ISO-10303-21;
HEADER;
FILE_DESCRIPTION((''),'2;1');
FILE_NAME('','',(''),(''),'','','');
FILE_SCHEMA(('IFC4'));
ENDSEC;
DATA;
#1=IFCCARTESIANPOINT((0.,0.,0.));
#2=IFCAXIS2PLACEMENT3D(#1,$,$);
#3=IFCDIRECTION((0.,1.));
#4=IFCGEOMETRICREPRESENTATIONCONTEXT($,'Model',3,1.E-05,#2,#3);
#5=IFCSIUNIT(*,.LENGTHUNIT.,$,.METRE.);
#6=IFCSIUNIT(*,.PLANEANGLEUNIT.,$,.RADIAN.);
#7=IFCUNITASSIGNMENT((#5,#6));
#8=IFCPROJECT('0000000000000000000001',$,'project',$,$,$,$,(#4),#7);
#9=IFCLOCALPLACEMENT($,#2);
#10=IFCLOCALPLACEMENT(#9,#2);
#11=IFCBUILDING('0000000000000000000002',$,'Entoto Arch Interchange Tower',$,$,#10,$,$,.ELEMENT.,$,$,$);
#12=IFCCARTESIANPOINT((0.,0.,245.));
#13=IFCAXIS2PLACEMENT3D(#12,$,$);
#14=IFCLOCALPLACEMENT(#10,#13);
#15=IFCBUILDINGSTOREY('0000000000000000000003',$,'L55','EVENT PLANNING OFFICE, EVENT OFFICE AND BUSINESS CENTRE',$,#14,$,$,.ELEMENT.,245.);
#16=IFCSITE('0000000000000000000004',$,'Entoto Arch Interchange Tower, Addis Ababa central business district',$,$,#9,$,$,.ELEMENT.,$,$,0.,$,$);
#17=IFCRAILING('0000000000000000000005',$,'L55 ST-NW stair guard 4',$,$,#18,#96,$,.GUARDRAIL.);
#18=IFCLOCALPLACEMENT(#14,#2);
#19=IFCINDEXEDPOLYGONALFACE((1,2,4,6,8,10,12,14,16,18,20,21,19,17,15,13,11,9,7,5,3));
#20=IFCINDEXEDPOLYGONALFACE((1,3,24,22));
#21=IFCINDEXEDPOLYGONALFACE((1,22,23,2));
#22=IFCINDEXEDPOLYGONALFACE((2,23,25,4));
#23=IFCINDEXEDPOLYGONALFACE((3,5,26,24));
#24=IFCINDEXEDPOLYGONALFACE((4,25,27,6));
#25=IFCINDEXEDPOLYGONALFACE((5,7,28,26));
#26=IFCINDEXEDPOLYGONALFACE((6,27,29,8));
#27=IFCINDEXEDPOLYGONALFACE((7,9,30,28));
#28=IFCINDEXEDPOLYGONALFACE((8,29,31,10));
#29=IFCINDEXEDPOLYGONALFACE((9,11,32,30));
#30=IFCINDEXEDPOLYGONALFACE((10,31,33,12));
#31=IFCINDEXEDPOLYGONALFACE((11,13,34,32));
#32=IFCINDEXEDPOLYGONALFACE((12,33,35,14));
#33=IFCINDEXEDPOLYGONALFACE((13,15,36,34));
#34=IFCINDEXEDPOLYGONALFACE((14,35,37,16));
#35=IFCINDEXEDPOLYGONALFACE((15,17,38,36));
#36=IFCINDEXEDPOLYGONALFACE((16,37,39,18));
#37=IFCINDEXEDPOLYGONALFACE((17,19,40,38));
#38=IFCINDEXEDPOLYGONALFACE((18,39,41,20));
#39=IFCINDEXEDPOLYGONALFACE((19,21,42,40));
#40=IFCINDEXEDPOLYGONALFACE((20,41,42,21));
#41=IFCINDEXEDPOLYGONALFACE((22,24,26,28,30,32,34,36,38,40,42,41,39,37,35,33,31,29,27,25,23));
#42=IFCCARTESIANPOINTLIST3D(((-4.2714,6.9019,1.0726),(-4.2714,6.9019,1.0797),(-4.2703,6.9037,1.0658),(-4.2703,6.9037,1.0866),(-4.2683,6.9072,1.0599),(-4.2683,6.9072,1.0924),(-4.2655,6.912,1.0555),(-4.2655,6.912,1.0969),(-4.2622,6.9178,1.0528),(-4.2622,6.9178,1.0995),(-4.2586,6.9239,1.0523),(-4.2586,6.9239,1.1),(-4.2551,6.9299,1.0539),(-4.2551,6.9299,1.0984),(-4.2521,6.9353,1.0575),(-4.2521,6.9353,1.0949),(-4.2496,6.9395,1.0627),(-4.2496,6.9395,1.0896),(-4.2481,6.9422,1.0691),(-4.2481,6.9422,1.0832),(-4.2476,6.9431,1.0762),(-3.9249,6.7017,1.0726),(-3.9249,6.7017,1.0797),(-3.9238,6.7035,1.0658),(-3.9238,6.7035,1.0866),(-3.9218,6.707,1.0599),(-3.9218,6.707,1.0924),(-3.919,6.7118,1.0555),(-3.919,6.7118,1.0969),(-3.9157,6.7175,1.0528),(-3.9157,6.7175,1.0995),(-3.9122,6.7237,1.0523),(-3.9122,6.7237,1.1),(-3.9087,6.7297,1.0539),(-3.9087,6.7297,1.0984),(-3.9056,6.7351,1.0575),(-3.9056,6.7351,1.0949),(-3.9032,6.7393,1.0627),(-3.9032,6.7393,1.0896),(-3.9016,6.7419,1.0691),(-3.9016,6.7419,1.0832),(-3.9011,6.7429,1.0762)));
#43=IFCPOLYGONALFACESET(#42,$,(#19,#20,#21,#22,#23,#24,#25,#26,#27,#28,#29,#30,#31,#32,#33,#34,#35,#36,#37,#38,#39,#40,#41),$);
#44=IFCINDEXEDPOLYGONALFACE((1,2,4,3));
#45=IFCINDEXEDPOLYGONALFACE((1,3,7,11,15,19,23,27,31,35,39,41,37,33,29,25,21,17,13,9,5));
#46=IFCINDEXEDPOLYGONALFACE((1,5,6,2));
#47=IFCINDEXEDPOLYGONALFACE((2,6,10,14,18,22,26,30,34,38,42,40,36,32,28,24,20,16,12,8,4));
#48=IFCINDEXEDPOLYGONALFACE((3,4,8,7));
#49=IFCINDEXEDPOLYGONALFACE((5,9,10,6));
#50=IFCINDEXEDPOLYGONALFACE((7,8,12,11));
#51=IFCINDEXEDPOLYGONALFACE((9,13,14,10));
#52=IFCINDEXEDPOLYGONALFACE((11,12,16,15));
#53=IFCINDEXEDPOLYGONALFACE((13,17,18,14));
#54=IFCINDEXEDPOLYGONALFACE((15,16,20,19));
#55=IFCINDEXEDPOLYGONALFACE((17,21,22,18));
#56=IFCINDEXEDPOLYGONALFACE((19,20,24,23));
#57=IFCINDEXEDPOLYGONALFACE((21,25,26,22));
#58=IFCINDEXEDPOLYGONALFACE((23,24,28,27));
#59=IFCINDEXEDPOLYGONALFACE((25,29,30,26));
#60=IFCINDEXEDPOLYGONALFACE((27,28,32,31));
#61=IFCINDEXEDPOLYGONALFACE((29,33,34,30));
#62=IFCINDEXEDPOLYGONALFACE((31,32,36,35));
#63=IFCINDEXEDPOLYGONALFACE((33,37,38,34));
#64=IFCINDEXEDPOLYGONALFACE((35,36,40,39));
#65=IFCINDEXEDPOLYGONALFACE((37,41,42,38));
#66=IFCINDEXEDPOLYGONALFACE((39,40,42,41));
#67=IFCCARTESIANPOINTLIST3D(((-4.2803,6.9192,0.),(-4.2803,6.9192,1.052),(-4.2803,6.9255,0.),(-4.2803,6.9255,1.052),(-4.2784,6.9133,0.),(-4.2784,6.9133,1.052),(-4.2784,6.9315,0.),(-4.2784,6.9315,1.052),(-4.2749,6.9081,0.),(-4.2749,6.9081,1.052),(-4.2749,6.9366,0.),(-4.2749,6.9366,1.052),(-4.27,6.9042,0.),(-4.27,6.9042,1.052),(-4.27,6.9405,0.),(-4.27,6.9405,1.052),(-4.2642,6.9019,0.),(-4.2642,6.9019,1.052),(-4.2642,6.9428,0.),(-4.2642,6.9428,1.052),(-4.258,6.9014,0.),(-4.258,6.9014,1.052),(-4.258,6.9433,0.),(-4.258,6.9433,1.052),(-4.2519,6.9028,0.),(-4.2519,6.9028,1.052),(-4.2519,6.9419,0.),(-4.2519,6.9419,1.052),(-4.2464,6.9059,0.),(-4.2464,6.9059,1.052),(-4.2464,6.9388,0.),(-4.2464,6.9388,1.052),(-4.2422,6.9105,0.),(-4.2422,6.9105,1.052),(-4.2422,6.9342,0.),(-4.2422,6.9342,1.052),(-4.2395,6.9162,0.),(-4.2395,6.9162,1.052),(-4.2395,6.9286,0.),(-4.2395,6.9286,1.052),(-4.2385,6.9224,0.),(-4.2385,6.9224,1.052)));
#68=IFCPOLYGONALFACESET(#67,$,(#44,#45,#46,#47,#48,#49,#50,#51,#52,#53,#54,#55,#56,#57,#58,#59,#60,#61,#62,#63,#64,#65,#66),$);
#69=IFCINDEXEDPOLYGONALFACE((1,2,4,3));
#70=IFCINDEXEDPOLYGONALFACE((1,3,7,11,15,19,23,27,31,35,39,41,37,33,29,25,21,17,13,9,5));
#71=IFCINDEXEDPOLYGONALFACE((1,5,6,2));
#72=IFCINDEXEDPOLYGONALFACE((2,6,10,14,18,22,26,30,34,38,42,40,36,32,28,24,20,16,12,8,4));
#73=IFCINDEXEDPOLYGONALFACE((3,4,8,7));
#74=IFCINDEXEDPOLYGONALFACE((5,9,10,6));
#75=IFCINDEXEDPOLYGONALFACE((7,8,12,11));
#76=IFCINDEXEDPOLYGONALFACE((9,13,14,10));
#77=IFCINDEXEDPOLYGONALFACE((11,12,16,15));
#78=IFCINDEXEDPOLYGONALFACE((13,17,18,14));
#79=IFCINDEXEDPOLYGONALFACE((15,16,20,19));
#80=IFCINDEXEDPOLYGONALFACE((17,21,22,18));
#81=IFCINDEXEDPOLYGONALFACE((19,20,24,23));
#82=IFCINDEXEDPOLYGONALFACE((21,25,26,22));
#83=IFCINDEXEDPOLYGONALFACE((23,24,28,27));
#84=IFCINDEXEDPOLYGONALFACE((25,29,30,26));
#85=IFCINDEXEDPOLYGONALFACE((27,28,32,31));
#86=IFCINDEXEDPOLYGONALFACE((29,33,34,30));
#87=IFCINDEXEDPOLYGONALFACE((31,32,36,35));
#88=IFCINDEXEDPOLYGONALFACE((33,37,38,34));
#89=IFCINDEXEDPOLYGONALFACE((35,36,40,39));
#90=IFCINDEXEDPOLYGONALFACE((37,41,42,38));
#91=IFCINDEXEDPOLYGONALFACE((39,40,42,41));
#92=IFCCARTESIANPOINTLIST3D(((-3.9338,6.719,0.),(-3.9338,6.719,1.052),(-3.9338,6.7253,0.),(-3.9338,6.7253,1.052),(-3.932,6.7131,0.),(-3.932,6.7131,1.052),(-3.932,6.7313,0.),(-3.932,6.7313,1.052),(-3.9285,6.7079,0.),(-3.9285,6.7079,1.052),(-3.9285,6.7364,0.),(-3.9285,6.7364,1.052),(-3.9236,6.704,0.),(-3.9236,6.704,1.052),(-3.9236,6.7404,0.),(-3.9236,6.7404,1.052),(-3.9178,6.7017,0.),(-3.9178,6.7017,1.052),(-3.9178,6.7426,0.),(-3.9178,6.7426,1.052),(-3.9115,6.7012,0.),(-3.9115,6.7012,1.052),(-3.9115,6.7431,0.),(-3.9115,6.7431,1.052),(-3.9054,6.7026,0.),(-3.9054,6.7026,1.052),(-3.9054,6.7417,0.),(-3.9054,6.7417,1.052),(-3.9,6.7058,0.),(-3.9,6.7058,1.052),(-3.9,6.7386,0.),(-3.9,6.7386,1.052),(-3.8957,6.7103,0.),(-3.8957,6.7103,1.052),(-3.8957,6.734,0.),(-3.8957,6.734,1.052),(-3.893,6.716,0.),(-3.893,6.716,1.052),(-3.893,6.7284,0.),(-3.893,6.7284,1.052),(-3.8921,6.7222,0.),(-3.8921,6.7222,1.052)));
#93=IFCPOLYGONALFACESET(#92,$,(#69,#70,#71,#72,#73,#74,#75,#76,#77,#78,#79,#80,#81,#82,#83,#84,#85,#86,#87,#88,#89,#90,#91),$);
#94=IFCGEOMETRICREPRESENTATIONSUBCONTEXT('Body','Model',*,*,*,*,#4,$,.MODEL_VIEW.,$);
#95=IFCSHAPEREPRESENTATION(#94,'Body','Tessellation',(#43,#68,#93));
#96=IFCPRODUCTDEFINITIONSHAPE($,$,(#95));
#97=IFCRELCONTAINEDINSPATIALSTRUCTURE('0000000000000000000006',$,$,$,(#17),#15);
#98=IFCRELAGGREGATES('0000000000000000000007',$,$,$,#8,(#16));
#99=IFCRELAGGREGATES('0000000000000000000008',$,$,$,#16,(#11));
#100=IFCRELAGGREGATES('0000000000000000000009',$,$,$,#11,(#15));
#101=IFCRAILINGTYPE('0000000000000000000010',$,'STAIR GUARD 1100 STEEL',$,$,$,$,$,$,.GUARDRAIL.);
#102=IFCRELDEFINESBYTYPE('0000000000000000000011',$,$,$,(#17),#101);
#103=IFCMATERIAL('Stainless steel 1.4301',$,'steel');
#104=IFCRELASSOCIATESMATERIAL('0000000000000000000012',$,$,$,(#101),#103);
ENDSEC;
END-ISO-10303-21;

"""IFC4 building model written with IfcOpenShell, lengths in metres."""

from ifc_helpers import new_model, si_unit, direction, frame, origin, origin_2d, place, context, subcontext, project, spatial, circle, extrude, material, type_object, element, save


model = new_model("IFC4")

# Units and contexts
model_context = context("Model", 3, precision=1e-05, world=origin(), true_north=direction((0.0, 1.0)))
body_context = subcontext(model_context, "Body", "Model", "MODEL_VIEW")
ifc_project = project(units=[si_unit("LENGTHUNIT", "METRE"), si_unit("PLANEANGLEUNIT", "RADIAN")], contexts=[model_context])

# Site, building, storey
site_placement = place(None, origin())
site = spatial("IfcSite", under=ifc_project, at=site_placement, Name="Entoto Arch Interchange Tower, Addis Ababa central business district", CompositionType="ELEMENT", RefElevation=0.0)
building_placement = place(site_placement, origin())
building = spatial("IfcBuilding", under=site, at=building_placement, Name="Entoto Arch Interchange Tower", CompositionType="ELEMENT")
storey_placement = place(building_placement, frame((0.0, 0.0, 245.0)))
storey = spatial("IfcBuildingStorey", under=building, at=storey_placement, Name="L55", Description="EVENT PLANNING OFFICE, EVENT OFFICE AND BUSINESS CENTRE", CompositionType="ELEMENT", Elevation=245.0)

# Railing
ifc_material_1 = material(Name="Stainless steel 1.4301", Category="steel")
railing_type_1 = type_object("IfcRailingType", Name="STAIR GUARD 1100 STEEL", PredefinedType="GUARDRAIL", material=ifc_material_1)
railing_1_placement = place(storey_placement, frame((-4.2595, 6.9224, 0.0)))
element("IfcRailing", 1, at=railing_1_placement, inside=storey, type_object=railing_type_1, Name="L55 ST-NW stair guard 4", PredefinedType="GUARDRAIL", context=body_context, shape_type="SweptSolid", body=[
    extrude(circle(Radius=0.0239, at=origin_2d()), frame((0.0, 0.0, 1.0762), z_axis=(0.86583, -0.500339, 0.0), x_axis=(0.500339, 0.86583, 0.0)), (0.0, 0.0, 1.0), 0.4001),
    extrude(circle(Radius=0.021, at=origin_2d()), origin(), (0.0, 0.0, 1.0), 1.052),
    extrude(circle(Radius=0.021, at=origin_2d()), frame((0.3464, -0.2002, 0.0)), (0.0, 0.0, 1.0), 1.052),
])

save(model, "model.ifc")
